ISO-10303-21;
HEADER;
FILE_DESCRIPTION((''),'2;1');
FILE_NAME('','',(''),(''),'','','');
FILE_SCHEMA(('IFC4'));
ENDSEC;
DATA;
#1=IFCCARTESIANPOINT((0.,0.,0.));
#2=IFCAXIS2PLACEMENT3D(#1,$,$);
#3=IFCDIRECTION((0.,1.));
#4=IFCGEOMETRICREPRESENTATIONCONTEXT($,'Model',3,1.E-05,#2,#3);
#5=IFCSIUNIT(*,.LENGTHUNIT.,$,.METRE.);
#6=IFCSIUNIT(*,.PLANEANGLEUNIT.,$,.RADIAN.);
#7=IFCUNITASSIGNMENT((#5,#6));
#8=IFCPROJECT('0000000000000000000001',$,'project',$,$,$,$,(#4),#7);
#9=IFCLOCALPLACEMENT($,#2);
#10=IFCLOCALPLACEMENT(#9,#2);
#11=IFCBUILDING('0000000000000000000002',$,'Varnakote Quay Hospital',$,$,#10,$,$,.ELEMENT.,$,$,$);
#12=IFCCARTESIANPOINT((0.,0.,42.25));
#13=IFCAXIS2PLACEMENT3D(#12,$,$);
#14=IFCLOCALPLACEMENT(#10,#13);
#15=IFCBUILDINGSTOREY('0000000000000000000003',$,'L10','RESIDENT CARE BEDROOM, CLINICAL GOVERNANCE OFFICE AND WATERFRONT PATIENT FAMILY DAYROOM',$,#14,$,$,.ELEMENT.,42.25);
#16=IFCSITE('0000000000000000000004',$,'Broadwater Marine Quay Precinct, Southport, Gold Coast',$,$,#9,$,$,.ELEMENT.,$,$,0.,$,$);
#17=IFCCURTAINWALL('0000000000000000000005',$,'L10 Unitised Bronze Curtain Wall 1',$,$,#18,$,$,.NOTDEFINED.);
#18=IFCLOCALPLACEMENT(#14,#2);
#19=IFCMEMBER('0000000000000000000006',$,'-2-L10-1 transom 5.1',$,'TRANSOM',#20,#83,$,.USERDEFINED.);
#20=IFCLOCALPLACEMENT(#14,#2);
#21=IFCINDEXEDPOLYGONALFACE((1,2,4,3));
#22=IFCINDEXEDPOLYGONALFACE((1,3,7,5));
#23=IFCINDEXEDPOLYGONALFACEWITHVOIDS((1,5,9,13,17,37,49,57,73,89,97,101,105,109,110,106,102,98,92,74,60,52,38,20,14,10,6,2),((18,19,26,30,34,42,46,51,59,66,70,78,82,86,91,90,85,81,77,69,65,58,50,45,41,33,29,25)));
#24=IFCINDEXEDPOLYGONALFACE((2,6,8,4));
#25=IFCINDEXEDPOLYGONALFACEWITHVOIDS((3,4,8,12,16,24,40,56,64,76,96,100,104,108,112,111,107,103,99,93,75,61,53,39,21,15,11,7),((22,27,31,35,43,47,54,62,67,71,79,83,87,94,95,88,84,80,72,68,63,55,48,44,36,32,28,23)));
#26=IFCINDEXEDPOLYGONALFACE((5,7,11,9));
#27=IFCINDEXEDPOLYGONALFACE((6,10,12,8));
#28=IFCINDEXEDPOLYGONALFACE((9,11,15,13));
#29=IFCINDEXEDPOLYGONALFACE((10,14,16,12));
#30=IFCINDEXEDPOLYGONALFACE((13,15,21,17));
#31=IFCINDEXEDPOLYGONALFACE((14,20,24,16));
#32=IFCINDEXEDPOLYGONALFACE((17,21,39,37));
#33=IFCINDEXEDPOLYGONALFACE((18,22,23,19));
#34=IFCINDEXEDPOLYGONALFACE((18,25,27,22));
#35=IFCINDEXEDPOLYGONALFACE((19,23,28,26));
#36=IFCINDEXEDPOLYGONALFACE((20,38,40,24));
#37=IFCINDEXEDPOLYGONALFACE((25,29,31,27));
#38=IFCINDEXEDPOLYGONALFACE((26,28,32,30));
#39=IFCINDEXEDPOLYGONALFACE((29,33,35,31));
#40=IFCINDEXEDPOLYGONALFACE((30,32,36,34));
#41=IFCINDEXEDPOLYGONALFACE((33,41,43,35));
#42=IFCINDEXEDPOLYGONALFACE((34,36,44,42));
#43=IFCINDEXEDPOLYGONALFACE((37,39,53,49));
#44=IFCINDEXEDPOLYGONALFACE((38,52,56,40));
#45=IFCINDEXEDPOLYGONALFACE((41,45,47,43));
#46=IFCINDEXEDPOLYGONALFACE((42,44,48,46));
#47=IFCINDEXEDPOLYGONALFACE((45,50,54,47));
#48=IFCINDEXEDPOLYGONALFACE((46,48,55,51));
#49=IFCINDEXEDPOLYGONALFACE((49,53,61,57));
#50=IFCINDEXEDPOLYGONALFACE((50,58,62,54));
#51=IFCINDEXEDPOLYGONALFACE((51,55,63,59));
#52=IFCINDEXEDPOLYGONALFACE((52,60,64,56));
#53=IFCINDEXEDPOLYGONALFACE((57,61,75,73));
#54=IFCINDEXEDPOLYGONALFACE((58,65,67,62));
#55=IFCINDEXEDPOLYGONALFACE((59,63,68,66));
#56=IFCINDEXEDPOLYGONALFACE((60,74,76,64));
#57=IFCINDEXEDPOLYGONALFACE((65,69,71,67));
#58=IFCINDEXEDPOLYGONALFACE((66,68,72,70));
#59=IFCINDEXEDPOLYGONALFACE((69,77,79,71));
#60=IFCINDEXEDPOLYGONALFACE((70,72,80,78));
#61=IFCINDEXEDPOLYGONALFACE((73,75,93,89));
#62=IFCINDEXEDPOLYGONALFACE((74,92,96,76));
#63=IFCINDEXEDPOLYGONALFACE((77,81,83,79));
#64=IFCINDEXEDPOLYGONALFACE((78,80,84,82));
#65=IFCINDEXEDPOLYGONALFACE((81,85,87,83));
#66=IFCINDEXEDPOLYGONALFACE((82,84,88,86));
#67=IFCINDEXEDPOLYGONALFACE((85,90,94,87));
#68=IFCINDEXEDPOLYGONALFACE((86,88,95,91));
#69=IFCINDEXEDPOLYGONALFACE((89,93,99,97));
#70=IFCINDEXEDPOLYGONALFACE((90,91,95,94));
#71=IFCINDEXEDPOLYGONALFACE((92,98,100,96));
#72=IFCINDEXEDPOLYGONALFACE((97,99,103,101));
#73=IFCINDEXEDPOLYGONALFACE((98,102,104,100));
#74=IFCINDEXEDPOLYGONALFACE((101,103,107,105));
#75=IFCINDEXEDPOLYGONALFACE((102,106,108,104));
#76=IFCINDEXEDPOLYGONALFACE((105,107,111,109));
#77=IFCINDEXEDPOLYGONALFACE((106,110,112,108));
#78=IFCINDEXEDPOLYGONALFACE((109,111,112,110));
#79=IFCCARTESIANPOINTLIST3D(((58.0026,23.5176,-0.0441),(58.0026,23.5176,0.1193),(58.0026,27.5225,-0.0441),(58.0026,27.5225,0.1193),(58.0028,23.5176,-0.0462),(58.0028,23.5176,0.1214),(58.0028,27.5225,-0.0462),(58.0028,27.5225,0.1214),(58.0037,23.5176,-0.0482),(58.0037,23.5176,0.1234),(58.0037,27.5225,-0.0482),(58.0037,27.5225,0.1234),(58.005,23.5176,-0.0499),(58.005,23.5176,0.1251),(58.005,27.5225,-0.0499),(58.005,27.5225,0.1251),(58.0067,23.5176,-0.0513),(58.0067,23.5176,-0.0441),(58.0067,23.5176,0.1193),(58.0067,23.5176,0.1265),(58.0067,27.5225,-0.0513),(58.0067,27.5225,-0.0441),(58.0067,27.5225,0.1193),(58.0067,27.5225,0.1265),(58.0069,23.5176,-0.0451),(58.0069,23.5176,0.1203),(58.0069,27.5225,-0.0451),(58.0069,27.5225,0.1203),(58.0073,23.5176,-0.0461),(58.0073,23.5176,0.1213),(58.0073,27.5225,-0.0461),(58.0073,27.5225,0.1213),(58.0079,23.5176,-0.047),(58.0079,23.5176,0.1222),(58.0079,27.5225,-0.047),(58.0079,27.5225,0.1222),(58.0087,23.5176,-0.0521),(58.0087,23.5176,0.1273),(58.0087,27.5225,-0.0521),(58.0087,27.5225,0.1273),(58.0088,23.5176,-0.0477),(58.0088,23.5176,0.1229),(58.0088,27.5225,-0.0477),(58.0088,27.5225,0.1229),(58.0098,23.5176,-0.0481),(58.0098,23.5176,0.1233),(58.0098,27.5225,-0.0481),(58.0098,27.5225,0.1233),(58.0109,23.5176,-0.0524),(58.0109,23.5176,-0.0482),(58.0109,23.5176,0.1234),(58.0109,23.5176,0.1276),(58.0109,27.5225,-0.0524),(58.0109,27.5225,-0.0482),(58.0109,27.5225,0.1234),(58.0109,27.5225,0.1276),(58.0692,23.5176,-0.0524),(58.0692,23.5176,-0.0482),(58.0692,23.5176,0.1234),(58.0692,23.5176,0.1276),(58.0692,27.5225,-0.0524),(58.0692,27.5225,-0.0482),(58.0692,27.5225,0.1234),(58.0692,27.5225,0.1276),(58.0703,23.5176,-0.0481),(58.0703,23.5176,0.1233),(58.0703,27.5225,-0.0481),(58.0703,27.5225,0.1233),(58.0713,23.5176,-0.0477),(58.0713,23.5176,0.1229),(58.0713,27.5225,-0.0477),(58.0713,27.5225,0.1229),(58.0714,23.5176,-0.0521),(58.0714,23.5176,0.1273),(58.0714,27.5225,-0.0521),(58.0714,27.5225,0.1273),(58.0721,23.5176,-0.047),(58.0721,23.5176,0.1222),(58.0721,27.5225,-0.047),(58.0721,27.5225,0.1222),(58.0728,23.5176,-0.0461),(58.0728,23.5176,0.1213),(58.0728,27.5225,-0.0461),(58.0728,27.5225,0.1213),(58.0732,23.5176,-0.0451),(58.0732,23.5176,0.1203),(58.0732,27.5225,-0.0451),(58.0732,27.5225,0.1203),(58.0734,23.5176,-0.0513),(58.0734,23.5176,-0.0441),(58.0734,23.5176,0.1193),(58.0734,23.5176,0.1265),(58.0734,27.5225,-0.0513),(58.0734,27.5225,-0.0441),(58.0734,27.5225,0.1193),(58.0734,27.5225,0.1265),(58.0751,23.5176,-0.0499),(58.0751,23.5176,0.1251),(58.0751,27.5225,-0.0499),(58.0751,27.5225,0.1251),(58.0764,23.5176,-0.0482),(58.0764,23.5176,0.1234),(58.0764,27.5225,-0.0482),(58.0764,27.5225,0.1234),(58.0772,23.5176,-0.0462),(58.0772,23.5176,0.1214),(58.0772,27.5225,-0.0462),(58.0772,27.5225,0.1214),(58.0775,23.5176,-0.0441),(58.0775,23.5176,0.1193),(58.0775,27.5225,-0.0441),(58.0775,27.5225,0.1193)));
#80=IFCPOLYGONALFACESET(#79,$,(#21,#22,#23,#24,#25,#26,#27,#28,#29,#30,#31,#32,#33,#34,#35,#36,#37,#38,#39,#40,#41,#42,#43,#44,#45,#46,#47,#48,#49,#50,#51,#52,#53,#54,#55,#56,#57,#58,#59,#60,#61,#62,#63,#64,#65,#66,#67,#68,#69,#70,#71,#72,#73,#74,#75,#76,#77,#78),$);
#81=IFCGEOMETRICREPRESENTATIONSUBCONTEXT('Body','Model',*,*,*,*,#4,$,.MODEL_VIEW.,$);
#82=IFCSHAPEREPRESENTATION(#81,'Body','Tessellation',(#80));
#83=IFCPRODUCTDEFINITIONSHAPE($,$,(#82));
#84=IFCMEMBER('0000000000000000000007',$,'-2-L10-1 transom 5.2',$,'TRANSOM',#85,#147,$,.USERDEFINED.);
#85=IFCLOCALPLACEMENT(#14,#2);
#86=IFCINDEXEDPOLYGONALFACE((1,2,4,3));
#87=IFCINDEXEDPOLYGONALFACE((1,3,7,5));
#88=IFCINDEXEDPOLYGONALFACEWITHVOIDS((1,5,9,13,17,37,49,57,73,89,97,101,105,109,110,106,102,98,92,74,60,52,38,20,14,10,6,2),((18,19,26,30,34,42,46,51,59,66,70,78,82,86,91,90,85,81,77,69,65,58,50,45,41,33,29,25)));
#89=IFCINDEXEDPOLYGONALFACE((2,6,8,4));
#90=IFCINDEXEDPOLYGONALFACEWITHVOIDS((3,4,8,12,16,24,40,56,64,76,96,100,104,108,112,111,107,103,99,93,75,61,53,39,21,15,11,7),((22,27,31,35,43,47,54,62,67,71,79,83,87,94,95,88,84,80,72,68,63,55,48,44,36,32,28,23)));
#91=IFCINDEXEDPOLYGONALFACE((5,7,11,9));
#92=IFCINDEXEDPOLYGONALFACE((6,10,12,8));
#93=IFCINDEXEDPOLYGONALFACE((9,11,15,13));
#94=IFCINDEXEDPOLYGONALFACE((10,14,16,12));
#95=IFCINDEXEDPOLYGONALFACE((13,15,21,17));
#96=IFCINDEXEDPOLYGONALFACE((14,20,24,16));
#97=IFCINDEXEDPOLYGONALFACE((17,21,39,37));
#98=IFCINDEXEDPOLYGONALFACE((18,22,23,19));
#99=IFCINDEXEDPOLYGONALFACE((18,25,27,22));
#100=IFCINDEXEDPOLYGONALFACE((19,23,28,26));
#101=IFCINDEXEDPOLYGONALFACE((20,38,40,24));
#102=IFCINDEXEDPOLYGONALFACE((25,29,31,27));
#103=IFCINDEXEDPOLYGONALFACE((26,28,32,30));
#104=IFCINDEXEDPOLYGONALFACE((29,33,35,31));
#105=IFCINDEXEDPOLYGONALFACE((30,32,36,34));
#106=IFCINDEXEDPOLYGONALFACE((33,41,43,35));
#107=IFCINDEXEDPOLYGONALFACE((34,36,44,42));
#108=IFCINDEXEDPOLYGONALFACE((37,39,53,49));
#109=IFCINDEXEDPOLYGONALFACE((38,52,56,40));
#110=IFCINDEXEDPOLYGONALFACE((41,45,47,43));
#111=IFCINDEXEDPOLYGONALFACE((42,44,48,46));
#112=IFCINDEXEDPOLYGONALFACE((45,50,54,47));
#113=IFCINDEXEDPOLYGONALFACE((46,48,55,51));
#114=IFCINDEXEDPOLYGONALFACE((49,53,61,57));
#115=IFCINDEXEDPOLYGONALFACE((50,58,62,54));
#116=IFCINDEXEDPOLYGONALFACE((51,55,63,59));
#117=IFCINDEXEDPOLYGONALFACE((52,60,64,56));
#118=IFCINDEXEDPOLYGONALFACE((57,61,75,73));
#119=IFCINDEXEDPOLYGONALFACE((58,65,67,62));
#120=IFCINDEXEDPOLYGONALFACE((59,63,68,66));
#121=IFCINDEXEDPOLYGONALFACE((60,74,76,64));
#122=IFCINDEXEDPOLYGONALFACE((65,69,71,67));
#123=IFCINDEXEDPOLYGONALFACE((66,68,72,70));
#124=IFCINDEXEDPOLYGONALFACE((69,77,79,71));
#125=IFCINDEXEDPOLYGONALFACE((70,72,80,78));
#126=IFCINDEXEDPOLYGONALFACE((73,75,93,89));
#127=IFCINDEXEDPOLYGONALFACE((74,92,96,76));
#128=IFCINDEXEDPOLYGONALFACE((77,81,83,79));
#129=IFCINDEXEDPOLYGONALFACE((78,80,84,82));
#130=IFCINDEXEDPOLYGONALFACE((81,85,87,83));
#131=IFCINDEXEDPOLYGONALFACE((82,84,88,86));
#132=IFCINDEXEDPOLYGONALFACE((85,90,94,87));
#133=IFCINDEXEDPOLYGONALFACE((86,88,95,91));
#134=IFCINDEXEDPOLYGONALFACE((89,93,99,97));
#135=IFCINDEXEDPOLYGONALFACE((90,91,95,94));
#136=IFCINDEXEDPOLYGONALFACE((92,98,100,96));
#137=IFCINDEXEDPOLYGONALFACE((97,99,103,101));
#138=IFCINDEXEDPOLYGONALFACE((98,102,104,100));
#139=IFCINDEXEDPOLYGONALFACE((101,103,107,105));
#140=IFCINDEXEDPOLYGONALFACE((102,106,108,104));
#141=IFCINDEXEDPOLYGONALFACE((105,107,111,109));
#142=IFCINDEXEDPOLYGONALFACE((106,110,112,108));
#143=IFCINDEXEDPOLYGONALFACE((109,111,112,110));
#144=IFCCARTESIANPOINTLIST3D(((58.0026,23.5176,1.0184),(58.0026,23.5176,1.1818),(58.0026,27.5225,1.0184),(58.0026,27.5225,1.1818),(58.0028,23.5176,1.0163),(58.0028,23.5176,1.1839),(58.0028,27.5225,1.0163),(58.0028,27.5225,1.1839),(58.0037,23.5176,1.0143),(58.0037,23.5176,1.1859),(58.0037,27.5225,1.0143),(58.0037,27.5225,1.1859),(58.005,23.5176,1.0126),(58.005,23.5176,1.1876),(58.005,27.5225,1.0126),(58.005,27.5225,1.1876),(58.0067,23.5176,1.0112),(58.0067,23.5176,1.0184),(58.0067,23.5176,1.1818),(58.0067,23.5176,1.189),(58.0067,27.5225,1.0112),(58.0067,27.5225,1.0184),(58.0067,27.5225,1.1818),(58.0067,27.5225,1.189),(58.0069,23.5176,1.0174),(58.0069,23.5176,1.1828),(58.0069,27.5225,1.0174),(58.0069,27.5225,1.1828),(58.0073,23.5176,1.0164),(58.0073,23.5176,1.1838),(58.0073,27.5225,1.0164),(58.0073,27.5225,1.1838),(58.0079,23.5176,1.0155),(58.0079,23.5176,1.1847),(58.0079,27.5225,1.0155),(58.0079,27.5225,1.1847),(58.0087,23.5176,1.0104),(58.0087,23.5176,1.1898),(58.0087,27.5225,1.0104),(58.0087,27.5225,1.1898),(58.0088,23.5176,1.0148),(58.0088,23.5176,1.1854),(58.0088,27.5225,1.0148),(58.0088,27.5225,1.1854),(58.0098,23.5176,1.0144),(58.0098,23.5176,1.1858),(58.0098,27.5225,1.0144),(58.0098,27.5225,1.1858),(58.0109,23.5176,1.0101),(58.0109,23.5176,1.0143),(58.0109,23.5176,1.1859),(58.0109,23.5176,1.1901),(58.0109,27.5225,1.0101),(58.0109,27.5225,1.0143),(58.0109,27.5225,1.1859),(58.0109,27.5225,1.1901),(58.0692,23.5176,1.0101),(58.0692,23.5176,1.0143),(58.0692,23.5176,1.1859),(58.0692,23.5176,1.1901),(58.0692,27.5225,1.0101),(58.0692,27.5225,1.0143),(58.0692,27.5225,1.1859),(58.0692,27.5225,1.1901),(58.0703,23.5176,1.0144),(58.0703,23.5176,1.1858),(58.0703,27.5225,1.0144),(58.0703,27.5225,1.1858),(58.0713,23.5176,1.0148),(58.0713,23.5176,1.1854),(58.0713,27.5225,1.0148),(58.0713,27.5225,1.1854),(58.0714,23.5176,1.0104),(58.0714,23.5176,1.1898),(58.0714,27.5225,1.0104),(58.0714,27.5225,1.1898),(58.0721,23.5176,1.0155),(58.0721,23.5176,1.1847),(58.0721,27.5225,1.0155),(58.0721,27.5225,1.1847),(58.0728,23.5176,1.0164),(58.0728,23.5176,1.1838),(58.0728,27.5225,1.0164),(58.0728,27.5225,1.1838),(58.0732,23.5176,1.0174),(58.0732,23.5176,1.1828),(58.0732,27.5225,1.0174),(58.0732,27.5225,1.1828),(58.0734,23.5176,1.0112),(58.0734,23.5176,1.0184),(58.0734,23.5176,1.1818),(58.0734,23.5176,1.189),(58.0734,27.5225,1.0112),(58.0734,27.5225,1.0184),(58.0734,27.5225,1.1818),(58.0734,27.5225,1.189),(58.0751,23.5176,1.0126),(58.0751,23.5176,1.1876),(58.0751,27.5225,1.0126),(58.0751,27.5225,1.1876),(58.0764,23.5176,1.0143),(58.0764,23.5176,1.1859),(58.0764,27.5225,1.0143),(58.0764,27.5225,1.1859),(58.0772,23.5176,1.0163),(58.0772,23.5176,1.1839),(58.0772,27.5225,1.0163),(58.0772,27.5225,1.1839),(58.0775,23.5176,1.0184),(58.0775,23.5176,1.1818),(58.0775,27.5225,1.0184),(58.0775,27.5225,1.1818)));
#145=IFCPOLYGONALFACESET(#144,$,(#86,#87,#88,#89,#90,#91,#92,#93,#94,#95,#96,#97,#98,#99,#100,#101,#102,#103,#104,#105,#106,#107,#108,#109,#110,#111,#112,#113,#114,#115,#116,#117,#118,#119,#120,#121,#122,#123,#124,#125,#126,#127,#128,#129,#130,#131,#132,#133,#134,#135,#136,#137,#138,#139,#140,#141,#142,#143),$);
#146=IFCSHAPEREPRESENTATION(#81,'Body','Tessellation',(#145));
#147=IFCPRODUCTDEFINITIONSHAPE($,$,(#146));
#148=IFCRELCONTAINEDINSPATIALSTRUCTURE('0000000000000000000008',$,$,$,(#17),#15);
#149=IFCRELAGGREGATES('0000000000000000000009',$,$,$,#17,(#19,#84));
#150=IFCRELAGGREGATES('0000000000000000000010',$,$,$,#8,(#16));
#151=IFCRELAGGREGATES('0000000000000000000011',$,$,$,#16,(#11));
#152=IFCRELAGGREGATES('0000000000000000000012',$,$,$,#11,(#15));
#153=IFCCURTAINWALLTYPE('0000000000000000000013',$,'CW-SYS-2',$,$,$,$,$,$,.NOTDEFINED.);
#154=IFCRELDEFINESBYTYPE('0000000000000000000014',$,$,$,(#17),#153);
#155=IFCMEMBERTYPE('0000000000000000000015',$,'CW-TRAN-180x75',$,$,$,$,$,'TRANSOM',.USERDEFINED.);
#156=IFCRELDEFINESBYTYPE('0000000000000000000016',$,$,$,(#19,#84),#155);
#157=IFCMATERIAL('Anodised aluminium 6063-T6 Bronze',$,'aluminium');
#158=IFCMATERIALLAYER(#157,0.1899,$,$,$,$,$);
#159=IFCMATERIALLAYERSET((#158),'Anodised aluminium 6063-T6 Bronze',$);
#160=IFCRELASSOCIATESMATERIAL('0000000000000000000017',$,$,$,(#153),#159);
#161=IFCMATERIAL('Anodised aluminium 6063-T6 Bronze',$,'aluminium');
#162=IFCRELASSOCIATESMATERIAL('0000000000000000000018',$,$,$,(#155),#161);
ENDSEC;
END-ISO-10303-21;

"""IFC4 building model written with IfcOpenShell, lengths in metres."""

from ifc_helpers import new_model, si_unit, direction, frame, origin, origin_2d, place, context, subcontext, project, spatial, hollow_rectangle, extrude, material, layer, layer_set, material_profile, profile_set, type_object, element, aggregate, save


model = new_model("IFC4")

# Units and contexts
model_context = context("Model", 3, precision=1e-05, world=origin(), true_north=direction((0.0, 1.0)))
body_context = subcontext(model_context, "Body", "Model", "MODEL_VIEW")
ifc_project = project(units=[si_unit("LENGTHUNIT", "METRE"), si_unit("PLANEANGLEUNIT", "RADIAN")], contexts=[model_context])

# Site, building, storey
site_placement = place(None, origin())
site = spatial("IfcSite", under=ifc_project, at=site_placement, Name="Broadwater Marine Quay Precinct, Southport, Gold Coast", CompositionType="ELEMENT", RefElevation=0.0)
building_placement = place(site_placement, origin())
building = spatial("IfcBuilding", under=site, at=building_placement, Name="Varnakote Quay Hospital", CompositionType="ELEMENT")
storey_placement = place(building_placement, frame((0.0, 0.0, 42.25)))
storey = spatial("IfcBuildingStorey", under=building, at=storey_placement, Name="L10", Description="RESIDENT CARE BEDROOM, CLINICAL GOVERNANCE OFFICE AND WATERFRONT PATIENT FAMILY DAYROOM", CompositionType="ELEMENT", Elevation=42.25)

# Curtain wall, members
ifc_material_1 = material(Name="Anodised aluminium 6063-T6 Bronze", Category="aluminium")
ifc_layer_1 = layer(ifc_material_1, 0.1899)
ifc_layer_set_1 = layer_set([ifc_layer_1], Name="Anodised aluminium 6063-T6 Bronze")
curtain_wall_type = type_object("IfcCurtainWallType", Name="CW-SYS-2", PredefinedType="NOTDEFINED", material=ifc_layer_set_1)
curtain_wall_placement = place(storey_placement, origin())
curtain_wall = element("IfcCurtainWall", 1, at=curtain_wall_placement, inside=storey, type_object=curtain_wall_type, Name="L10 Unitised Bronze Curtain Wall 1", PredefinedType="NOTDEFINED")
ifc_material_2 = material(Name="Anodised aluminium 6063-T6 Bronze", Category="aluminium")
ifc_material_profile_1 = material_profile(ifc_material_2, hollow_rectangle(XDim=0.075, YDim=0.1799, WallThickness=0.0042, InnerFilletRadius=0.0042, OuterFilletRadius=0.0083, at=origin_2d()), Name="CW-TRAN-180x75")
ifc_profile_set_1 = profile_set([ifc_material_profile_1], Name="Anodised aluminium 6063-T6 Bronze")
member_type_1 = type_object("IfcMemberType", Name="CW-TRAN-180x75", ElementType="TRANSOM", PredefinedType="USERDEFINED", material=ifc_profile_set_1)
member_1_placement = place(storey_placement, frame((58.04, 23.5176, 0.0376), z_axis=(0.0, 1.0, 0.0), x_axis=(-1.0, 0.0, 0.0)))
member_1 = element("IfcMember", 2, at=member_1_placement, type_object=member_type_1, Name="-2-L10-1 transom 5.1", ObjectType="TRANSOM", PredefinedType="USERDEFINED", context=body_context, shape_type="SweptSolid", body=[
    extrude(hollow_rectangle(XDim=0.075, YDim=0.1799, WallThickness=0.0042, InnerFilletRadius=0.0042, OuterFilletRadius=0.0083, at=origin_2d()), origin(), (0.0, 0.0, 1.0), 4.0049),
])
member_2_placement = place(storey_placement, frame((58.04, 23.5176, 1.1001), z_axis=(0.0, 1.0, 0.0), x_axis=(-1.0, 0.0, 0.0)))
member_2 = element("IfcMember", 3, at=member_2_placement, type_object=member_type_1, Name="-2-L10-1 transom 5.2", ObjectType="TRANSOM", PredefinedType="USERDEFINED", context=body_context, shape_type="SweptSolid", body=[
    extrude(hollow_rectangle(XDim=0.075, YDim=0.1799, WallThickness=0.0042, InnerFilletRadius=0.0042, OuterFilletRadius=0.0083, at=origin_2d()), origin(), (0.0, 0.0, 1.0), 4.0049),
])
aggregate(curtain_wall, [member_1, member_2])

save(model, "model.ifc")
